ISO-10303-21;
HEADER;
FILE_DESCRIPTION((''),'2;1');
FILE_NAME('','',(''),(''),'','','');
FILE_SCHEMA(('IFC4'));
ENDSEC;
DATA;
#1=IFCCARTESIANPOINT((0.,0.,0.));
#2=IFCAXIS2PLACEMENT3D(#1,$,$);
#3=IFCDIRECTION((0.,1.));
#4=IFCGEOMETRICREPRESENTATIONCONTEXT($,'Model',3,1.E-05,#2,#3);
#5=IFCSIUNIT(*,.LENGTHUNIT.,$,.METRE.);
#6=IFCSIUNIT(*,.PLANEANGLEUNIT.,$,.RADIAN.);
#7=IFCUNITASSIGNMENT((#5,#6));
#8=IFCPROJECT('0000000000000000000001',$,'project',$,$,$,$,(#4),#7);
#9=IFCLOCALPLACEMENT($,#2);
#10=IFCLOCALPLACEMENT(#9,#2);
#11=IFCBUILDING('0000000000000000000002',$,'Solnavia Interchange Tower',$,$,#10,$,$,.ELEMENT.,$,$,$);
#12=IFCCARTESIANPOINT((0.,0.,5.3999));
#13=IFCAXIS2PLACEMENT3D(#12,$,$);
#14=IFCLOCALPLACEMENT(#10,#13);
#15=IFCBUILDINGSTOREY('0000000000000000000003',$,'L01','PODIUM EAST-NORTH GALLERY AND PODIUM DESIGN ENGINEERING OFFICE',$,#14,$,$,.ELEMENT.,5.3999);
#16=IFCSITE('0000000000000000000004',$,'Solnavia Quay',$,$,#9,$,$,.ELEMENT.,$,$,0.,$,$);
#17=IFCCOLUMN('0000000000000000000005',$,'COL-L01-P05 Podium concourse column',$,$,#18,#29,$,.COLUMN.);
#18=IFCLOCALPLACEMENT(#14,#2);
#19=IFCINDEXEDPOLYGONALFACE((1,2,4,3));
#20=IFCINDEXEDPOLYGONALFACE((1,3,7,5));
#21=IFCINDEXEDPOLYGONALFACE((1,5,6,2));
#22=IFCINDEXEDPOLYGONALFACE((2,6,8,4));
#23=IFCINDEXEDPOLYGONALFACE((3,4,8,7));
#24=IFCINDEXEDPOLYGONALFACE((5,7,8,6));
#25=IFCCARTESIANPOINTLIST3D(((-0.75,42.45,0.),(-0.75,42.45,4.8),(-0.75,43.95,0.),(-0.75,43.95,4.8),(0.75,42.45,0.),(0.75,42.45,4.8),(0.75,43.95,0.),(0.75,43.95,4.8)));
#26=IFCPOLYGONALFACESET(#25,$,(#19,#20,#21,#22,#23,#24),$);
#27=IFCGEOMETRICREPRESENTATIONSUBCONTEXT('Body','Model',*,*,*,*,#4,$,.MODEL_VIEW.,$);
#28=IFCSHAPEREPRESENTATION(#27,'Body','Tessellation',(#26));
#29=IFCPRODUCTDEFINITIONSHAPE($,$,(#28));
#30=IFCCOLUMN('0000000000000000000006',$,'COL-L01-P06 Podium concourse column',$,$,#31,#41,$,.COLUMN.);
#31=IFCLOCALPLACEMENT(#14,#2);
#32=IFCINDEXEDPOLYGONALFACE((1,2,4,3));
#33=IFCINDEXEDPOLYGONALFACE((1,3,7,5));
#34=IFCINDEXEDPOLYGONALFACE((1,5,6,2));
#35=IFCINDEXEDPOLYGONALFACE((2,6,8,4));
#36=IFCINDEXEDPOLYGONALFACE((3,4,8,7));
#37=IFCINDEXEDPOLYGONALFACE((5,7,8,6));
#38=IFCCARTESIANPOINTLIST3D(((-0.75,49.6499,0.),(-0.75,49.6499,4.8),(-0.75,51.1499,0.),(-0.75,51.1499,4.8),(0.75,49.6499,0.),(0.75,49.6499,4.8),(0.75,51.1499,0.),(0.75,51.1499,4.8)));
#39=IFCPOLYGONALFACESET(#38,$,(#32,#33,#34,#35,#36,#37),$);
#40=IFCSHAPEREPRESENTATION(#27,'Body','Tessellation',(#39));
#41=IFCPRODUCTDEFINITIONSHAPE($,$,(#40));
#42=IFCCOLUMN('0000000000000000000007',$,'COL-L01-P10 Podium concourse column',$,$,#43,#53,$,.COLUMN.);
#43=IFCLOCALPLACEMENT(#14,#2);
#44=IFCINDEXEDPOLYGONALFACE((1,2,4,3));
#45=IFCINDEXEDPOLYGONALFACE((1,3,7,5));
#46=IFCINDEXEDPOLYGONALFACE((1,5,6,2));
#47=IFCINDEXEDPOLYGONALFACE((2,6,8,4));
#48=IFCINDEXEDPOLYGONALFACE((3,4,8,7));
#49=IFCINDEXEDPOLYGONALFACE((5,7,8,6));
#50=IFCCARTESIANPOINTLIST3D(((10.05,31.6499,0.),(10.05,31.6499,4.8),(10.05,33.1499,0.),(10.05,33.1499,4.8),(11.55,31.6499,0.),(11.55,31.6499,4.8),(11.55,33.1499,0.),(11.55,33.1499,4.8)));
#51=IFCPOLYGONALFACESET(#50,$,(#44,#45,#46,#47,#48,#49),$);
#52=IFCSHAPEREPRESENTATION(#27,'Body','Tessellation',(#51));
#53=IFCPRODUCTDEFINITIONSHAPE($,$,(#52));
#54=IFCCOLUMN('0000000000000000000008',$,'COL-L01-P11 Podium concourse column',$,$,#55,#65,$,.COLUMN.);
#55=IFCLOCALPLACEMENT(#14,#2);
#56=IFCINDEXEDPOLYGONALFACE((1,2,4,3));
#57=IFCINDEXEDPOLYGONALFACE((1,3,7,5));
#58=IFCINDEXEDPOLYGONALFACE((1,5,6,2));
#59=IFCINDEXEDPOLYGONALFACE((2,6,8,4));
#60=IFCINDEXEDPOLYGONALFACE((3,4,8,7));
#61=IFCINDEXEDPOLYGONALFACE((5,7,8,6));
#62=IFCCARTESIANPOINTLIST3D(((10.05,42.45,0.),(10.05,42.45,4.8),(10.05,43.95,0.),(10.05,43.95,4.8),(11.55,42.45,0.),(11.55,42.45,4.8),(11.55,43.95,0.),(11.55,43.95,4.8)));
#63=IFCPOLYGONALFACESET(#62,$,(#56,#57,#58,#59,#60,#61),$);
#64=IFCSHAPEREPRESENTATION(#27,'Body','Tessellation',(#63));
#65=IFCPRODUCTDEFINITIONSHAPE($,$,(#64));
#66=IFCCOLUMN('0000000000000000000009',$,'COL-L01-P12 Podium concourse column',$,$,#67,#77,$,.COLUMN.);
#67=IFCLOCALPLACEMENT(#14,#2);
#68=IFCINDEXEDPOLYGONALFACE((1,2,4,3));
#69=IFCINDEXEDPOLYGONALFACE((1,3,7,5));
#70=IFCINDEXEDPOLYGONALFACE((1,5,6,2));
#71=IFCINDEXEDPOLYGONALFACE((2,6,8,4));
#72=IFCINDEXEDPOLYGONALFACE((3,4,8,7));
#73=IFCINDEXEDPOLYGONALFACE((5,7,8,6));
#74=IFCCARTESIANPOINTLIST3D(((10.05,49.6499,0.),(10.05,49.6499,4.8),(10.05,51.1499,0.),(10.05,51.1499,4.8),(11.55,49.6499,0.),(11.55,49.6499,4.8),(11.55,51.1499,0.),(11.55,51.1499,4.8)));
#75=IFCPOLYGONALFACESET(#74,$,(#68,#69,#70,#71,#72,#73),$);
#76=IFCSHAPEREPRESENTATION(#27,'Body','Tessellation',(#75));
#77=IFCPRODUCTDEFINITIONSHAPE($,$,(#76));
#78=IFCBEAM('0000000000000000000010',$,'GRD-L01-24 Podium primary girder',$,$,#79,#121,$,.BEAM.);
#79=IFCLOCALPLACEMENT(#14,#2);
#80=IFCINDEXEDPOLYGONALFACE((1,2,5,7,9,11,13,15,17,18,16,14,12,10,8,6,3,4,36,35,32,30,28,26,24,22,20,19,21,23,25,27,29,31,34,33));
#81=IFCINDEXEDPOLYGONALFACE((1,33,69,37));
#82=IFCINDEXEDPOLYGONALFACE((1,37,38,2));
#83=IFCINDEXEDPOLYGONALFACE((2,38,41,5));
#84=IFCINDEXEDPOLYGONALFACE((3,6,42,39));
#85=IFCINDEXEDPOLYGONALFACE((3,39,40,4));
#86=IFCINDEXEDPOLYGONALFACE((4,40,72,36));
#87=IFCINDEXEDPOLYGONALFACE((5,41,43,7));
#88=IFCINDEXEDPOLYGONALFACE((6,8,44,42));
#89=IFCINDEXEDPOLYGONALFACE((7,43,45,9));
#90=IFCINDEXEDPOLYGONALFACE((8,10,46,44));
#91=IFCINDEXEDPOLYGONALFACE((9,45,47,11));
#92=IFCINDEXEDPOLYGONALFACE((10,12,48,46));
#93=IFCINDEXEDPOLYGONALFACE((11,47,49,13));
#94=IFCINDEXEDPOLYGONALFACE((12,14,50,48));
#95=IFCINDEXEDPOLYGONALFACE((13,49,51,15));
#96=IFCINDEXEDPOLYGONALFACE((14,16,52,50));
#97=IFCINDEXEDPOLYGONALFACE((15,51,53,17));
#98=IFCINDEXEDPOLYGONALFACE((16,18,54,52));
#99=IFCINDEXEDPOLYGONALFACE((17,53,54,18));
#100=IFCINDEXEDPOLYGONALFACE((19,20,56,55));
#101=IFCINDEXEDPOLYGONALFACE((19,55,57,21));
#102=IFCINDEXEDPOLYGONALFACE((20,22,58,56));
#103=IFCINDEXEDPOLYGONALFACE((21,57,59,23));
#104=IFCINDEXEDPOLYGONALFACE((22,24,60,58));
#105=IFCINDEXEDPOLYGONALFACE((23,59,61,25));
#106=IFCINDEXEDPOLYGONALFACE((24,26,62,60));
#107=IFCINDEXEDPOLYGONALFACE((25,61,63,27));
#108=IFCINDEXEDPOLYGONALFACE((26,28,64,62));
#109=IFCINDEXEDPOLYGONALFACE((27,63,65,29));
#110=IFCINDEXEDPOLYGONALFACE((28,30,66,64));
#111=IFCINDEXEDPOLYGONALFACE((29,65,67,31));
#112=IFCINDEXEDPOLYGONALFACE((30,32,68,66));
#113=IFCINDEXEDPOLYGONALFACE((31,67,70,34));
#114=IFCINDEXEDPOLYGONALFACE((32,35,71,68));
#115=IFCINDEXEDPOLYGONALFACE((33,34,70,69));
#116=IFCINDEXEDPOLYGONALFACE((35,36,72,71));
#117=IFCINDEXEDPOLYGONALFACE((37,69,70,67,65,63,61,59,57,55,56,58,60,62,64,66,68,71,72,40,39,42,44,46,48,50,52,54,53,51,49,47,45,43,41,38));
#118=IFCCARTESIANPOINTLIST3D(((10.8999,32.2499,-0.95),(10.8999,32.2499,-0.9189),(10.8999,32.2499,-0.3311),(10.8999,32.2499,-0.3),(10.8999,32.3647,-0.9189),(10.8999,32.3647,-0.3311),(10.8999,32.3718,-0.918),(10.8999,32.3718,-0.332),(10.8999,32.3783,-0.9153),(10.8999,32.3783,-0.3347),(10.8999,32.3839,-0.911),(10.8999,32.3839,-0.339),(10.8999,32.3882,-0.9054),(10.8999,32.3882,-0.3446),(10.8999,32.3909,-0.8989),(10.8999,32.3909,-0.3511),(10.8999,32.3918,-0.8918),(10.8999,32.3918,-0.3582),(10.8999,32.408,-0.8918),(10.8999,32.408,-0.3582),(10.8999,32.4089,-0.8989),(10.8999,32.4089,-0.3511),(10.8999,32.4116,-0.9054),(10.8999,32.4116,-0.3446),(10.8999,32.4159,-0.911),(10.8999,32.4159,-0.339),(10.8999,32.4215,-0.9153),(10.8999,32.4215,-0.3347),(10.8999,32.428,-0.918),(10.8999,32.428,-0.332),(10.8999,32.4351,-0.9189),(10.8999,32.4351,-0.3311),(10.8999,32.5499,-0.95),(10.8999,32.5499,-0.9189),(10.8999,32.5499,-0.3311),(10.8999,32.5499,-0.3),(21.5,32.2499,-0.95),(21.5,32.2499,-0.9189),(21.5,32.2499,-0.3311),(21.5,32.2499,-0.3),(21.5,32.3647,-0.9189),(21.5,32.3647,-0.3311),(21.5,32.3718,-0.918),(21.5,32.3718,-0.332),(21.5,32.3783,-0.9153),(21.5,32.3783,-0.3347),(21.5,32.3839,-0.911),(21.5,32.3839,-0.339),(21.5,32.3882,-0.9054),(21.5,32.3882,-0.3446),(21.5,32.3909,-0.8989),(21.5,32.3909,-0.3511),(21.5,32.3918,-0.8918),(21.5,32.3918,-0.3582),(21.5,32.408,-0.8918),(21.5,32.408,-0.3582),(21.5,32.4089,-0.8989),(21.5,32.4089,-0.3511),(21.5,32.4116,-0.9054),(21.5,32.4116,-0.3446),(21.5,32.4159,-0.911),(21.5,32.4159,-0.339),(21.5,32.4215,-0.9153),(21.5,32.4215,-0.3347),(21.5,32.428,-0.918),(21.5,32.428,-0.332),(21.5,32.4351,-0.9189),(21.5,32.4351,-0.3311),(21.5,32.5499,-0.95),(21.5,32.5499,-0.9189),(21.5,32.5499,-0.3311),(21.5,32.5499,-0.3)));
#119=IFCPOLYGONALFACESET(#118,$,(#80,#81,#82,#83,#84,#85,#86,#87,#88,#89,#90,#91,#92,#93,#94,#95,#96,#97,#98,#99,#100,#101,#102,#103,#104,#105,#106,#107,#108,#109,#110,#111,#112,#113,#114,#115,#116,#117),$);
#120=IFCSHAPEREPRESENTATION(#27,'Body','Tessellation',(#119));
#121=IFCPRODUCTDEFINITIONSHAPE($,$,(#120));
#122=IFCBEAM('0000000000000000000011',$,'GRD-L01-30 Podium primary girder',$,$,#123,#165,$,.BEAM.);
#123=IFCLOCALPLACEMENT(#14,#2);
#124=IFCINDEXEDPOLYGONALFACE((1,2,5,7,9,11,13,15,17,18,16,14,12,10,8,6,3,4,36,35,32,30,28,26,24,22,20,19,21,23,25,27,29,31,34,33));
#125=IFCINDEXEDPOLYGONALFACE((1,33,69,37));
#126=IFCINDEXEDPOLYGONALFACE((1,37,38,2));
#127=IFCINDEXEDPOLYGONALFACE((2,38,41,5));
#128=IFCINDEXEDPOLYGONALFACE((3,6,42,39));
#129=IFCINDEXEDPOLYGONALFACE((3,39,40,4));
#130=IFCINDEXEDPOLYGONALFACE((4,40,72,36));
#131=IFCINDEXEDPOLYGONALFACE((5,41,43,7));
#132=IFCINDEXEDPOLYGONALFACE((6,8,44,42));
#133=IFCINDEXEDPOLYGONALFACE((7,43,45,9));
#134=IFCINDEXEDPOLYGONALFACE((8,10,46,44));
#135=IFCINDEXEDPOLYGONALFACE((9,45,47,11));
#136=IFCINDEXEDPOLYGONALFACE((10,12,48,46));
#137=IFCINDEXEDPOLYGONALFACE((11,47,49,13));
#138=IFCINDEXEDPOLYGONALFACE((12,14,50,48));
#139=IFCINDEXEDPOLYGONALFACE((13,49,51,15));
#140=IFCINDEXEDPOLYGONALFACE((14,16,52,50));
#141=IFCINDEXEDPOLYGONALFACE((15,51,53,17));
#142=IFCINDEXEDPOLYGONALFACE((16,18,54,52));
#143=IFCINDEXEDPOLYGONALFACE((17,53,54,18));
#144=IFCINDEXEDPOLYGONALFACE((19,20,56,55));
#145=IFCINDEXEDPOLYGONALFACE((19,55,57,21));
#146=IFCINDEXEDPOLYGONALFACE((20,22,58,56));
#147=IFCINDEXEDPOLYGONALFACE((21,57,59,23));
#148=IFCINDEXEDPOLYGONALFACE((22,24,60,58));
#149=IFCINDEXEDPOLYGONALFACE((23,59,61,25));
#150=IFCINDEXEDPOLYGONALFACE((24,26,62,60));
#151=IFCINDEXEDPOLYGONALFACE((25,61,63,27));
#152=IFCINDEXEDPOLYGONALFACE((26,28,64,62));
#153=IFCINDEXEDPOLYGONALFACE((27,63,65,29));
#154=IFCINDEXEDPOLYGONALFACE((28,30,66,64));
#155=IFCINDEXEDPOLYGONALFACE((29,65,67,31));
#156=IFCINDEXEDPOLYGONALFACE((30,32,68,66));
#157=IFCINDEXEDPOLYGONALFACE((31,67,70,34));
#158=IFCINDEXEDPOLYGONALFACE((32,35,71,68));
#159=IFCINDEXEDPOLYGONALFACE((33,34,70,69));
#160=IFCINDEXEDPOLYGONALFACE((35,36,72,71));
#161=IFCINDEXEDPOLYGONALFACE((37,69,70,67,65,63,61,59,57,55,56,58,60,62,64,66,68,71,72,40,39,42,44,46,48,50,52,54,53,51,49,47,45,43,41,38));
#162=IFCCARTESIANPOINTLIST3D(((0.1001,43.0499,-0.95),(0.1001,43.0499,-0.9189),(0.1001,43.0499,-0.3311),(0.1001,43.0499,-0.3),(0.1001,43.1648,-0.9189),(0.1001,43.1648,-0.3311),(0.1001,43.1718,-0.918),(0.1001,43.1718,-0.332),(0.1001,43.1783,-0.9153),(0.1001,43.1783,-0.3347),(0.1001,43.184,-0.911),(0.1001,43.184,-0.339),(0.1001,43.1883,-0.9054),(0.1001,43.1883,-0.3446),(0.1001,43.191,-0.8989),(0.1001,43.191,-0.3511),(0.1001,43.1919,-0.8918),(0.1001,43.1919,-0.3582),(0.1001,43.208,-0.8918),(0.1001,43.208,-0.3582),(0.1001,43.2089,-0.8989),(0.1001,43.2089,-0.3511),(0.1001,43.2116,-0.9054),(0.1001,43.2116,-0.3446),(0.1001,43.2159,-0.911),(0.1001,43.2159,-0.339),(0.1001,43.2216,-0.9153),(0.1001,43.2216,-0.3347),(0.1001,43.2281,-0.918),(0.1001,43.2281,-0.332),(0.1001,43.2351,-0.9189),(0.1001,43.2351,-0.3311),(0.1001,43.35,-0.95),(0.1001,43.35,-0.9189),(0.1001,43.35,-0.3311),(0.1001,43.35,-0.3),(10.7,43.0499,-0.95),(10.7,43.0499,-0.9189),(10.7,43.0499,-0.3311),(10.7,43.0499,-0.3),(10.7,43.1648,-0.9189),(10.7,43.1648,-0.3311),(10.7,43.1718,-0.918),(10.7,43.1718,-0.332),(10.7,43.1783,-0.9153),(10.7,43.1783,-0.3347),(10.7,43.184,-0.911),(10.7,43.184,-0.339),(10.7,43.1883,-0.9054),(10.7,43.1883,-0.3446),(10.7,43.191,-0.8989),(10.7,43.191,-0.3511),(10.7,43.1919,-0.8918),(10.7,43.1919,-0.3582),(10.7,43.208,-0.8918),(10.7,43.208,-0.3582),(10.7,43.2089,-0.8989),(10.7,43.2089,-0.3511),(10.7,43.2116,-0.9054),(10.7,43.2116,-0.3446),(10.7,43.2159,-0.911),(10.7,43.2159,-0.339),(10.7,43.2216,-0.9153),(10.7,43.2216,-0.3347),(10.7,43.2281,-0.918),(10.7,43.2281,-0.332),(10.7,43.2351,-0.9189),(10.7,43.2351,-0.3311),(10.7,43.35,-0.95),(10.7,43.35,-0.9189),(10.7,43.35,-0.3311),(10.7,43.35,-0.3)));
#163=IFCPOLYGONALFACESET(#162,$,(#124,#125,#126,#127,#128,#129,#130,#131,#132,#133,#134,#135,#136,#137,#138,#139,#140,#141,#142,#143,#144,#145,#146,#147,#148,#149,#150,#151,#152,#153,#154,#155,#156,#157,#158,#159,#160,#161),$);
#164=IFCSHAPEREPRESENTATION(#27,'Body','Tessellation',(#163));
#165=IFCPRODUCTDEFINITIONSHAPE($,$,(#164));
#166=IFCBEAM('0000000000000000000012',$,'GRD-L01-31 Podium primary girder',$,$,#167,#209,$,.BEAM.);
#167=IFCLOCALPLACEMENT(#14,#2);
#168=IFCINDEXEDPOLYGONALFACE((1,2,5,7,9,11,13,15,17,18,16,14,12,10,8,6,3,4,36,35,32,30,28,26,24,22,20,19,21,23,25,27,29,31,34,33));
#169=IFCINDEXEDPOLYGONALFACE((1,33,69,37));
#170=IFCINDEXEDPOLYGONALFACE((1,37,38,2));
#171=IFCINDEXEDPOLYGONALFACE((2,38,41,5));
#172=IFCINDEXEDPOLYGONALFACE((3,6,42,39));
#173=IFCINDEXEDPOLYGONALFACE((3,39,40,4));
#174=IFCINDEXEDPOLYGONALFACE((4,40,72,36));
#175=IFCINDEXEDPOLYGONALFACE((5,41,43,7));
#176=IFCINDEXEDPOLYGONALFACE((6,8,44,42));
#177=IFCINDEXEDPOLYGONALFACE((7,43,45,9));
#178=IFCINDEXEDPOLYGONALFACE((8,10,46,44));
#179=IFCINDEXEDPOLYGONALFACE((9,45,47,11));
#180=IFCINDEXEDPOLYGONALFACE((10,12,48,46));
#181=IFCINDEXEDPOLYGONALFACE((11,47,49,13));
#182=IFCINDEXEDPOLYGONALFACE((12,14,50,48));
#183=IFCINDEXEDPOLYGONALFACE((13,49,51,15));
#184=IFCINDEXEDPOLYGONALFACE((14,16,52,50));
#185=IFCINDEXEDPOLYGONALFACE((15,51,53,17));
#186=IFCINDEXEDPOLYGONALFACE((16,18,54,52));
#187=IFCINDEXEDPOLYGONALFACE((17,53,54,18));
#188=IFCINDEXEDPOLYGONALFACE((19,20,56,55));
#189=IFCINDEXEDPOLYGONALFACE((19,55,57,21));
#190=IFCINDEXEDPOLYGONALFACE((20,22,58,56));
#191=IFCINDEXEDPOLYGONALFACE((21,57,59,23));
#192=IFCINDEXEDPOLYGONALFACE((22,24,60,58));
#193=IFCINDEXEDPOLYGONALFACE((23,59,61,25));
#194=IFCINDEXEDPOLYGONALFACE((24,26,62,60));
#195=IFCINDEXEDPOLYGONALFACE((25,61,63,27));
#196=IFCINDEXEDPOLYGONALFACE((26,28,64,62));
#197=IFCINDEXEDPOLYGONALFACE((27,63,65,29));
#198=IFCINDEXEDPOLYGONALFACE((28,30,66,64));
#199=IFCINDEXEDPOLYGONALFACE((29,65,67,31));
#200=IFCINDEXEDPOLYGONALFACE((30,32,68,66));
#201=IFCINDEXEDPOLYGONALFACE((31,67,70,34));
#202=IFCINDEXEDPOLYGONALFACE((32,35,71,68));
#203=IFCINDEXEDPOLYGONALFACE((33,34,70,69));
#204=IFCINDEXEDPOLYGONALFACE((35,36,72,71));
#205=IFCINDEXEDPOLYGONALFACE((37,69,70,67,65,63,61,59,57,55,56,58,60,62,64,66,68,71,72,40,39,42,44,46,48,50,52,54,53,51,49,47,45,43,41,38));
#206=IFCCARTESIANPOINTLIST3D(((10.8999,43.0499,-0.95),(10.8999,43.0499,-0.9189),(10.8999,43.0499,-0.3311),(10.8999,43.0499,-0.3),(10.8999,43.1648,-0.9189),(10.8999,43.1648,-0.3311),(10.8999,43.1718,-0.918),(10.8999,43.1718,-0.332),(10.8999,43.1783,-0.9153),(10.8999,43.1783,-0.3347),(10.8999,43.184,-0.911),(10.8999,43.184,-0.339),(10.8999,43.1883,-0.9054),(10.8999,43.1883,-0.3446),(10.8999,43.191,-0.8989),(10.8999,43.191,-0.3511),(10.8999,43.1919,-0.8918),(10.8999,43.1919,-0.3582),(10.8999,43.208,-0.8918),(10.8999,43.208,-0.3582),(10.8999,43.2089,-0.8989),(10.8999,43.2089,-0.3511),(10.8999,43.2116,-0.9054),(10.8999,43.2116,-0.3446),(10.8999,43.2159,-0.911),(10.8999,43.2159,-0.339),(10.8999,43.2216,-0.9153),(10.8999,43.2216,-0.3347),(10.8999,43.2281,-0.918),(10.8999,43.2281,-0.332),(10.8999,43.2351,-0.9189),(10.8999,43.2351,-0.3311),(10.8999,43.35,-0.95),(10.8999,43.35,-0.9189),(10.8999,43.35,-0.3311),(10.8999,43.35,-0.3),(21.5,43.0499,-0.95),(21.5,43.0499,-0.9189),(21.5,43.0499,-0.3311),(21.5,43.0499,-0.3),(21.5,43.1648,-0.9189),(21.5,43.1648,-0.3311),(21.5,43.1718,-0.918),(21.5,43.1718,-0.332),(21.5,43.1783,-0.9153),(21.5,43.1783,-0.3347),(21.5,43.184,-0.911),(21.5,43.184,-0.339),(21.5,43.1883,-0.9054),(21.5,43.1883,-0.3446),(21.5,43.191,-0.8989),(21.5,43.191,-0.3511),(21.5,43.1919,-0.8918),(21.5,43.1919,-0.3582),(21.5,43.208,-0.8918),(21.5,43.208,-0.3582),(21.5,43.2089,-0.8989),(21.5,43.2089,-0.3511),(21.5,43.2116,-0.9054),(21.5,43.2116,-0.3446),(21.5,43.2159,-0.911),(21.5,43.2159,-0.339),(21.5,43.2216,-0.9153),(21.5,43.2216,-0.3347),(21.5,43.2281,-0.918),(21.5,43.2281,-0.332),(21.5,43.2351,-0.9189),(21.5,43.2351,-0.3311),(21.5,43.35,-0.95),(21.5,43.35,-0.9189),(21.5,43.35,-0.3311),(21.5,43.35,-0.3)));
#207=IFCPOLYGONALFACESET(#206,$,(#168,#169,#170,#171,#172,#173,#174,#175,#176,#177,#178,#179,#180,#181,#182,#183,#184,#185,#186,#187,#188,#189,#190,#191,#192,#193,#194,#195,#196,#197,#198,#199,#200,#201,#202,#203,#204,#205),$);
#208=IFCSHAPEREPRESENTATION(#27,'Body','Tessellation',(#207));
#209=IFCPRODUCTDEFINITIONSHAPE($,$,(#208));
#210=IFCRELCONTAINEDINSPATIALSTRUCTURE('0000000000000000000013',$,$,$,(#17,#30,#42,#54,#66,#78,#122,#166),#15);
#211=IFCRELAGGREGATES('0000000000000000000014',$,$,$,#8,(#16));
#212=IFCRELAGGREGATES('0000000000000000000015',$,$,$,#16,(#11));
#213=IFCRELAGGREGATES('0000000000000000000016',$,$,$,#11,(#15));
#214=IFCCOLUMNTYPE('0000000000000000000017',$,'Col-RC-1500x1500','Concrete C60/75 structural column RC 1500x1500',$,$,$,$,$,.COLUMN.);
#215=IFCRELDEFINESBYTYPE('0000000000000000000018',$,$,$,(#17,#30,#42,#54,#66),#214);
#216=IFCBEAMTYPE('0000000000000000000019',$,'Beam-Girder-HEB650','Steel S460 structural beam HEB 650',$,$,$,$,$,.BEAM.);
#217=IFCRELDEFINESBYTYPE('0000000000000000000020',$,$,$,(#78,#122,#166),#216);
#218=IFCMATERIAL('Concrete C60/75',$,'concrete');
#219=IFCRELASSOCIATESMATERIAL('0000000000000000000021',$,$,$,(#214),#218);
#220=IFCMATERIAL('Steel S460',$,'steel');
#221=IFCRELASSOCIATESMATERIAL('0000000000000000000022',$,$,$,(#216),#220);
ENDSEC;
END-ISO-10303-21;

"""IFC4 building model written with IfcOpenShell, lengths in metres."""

from ifc_helpers import new_model, si_unit, direction, frame, origin, origin_2d, place, context, subcontext, project, spatial, rectangle, i_section, extrude, material, material_profile, profile_set, type_object, element, save


model = new_model("IFC4")

# Units and contexts
model_context = context("Model", 3, precision=1e-05, world=origin(), true_north=direction((0.0, 1.0)))
body_context = subcontext(model_context, "Body", "Model", "MODEL_VIEW")
ifc_project = project(units=[si_unit("LENGTHUNIT", "METRE"), si_unit("PLANEANGLEUNIT", "RADIAN")], contexts=[model_context])

# Site, building, storey
site_placement = place(None, origin())
site = spatial("IfcSite", under=ifc_project, at=site_placement, Name="Solnavia Quay", CompositionType="ELEMENT", RefElevation=0.0)
building_placement = place(site_placement, origin())
building = spatial("IfcBuilding", under=site, at=building_placement, Name="Solnavia Interchange Tower", CompositionType="ELEMENT")
storey_placement = place(building_placement, frame((0.0, 0.0, 5.3999)))
storey = spatial("IfcBuildingStorey", under=building, at=storey_placement, Name="L01", Description="PODIUM EAST-NORTH GALLERY AND PODIUM DESIGN ENGINEERING OFFICE", CompositionType="ELEMENT", Elevation=5.3999)

# Columns
ifc_material_1 = material(Name="Concrete C60/75", Category="concrete")
ifc_material_profile_1 = material_profile(ifc_material_1, rectangle(XDim=1.5, YDim=1.5, at=origin_2d()), Name="RC 1500x1500")
ifc_profile_set_1 = profile_set([ifc_material_profile_1], Name="Concrete C60/75")
column_type = type_object("IfcColumnType", Name="Col-RC-1500x1500", Description="Concrete C60/75 structural column RC 1500x1500", PredefinedType="COLUMN", material=ifc_profile_set_1)
for number, where, z_axis, x_axis, name in (
    (1, (0.0, 43.2, 0.0), (0.0, 0.0, 1.0), (1.0, 0.0, 0.0), "COL-L01-P05 Podium concourse column"),
    (2, (0.0, 50.3999, 0.0), (0.0, 0.0, 1.0), (1.0, 0.0, 0.0), "COL-L01-P06 Podium concourse column"),
    (3, (10.8, 32.3999, 0.0), (0.0, 0.0, 1.0), (1.0, 0.0, 0.0), "COL-L01-P10 Podium concourse column"),
    (4, (10.8, 43.2, 0.0), (0.0, 0.0, 1.0), (1.0, 0.0, 0.0), "COL-L01-P11 Podium concourse column"),
    (5, (10.8, 50.3999, 0.0), (0.0, 0.0, 1.0), (1.0, 0.0, 0.0), "COL-L01-P12 Podium concourse column"),
):
    element("IfcColumn", number, at=place(storey_placement, frame(where, z_axis=z_axis, x_axis=x_axis)), inside=storey, type_object=column_type, Name=name, PredefinedType="COLUMN", context=body_context, shape_type="SweptSolid", body=[
        extrude(rectangle(XDim=1.5, YDim=1.5, at=origin_2d()), origin(), (0.0, 0.0, 1.0), 4.8),
    ])

# Beams
ifc_material_2 = material(Name="Steel S460", Category="steel")
ifc_material_profile_2 = material_profile(ifc_material_2, i_section(OverallWidth=0.3, OverallDepth=0.6499, WebThickness=0.0161, FlangeThickness=0.031, FilletRadius=0.0271, at=origin_2d()), Name="HEB 650")
ifc_profile_set_2 = profile_set([ifc_material_profile_2], Name="Steel S460")
beam_type_1 = type_object("IfcBeamType", Name="Beam-Girder-HEB650", Description="Steel S460 structural beam HEB 650", PredefinedType="BEAM", material=ifc_profile_set_2)
beam_1_placement = place(storey_placement, frame((10.8999, 32.3999, -0.625), z_axis=(1.0, 0.0, 0.0), x_axis=(0.0, 1.0, 0.0)))
element("IfcBeam", 6, at=beam_1_placement, inside=storey, type_object=beam_type_1, Name="GRD-L01-24 Podium primary girder", PredefinedType="BEAM", context=body_context, shape_type="SweptSolid", body=[
    extrude(i_section(OverallWidth=0.3, OverallDepth=0.6499, WebThickness=0.0161, FlangeThickness=0.031, FilletRadius=0.0271, at=origin_2d()), origin(), (0.0, 0.0, 1.0), 10.6001),
])
beam_2_placement = place(storey_placement, frame((0.1001, 43.2, -0.625), z_axis=(1.0, 0.0, 0.0), x_axis=(0.0, 1.0, 0.0)))
element("IfcBeam", 7, at=beam_2_placement, inside=storey, type_object=beam_type_1, Name="GRD-L01-30 Podium primary girder", PredefinedType="BEAM", context=body_context, shape_type="SweptSolid", body=[
    extrude(i_section(OverallWidth=0.3, OverallDepth=0.6499, WebThickness=0.0161, FlangeThickness=0.031, FilletRadius=0.0271, at=origin_2d()), origin(), (0.0, 0.0, 1.0), 10.5999),
])
beam_3_placement = place(storey_placement, frame((10.8999, 43.2, -0.625), z_axis=(1.0, 0.0, 0.0), x_axis=(0.0, 1.0, 0.0)))
element("IfcBeam", 8, at=beam_3_placement, inside=storey, type_object=beam_type_1, Name="GRD-L01-31 Podium primary girder", PredefinedType="BEAM", context=body_context, shape_type="SweptSolid", body=[
    extrude(i_section(OverallWidth=0.3, OverallDepth=0.6499, WebThickness=0.0161, FlangeThickness=0.031, FilletRadius=0.0271, at=origin_2d()), origin(), (0.0, 0.0, 1.0), 10.6001),
])

save(model, "model.ifc")
